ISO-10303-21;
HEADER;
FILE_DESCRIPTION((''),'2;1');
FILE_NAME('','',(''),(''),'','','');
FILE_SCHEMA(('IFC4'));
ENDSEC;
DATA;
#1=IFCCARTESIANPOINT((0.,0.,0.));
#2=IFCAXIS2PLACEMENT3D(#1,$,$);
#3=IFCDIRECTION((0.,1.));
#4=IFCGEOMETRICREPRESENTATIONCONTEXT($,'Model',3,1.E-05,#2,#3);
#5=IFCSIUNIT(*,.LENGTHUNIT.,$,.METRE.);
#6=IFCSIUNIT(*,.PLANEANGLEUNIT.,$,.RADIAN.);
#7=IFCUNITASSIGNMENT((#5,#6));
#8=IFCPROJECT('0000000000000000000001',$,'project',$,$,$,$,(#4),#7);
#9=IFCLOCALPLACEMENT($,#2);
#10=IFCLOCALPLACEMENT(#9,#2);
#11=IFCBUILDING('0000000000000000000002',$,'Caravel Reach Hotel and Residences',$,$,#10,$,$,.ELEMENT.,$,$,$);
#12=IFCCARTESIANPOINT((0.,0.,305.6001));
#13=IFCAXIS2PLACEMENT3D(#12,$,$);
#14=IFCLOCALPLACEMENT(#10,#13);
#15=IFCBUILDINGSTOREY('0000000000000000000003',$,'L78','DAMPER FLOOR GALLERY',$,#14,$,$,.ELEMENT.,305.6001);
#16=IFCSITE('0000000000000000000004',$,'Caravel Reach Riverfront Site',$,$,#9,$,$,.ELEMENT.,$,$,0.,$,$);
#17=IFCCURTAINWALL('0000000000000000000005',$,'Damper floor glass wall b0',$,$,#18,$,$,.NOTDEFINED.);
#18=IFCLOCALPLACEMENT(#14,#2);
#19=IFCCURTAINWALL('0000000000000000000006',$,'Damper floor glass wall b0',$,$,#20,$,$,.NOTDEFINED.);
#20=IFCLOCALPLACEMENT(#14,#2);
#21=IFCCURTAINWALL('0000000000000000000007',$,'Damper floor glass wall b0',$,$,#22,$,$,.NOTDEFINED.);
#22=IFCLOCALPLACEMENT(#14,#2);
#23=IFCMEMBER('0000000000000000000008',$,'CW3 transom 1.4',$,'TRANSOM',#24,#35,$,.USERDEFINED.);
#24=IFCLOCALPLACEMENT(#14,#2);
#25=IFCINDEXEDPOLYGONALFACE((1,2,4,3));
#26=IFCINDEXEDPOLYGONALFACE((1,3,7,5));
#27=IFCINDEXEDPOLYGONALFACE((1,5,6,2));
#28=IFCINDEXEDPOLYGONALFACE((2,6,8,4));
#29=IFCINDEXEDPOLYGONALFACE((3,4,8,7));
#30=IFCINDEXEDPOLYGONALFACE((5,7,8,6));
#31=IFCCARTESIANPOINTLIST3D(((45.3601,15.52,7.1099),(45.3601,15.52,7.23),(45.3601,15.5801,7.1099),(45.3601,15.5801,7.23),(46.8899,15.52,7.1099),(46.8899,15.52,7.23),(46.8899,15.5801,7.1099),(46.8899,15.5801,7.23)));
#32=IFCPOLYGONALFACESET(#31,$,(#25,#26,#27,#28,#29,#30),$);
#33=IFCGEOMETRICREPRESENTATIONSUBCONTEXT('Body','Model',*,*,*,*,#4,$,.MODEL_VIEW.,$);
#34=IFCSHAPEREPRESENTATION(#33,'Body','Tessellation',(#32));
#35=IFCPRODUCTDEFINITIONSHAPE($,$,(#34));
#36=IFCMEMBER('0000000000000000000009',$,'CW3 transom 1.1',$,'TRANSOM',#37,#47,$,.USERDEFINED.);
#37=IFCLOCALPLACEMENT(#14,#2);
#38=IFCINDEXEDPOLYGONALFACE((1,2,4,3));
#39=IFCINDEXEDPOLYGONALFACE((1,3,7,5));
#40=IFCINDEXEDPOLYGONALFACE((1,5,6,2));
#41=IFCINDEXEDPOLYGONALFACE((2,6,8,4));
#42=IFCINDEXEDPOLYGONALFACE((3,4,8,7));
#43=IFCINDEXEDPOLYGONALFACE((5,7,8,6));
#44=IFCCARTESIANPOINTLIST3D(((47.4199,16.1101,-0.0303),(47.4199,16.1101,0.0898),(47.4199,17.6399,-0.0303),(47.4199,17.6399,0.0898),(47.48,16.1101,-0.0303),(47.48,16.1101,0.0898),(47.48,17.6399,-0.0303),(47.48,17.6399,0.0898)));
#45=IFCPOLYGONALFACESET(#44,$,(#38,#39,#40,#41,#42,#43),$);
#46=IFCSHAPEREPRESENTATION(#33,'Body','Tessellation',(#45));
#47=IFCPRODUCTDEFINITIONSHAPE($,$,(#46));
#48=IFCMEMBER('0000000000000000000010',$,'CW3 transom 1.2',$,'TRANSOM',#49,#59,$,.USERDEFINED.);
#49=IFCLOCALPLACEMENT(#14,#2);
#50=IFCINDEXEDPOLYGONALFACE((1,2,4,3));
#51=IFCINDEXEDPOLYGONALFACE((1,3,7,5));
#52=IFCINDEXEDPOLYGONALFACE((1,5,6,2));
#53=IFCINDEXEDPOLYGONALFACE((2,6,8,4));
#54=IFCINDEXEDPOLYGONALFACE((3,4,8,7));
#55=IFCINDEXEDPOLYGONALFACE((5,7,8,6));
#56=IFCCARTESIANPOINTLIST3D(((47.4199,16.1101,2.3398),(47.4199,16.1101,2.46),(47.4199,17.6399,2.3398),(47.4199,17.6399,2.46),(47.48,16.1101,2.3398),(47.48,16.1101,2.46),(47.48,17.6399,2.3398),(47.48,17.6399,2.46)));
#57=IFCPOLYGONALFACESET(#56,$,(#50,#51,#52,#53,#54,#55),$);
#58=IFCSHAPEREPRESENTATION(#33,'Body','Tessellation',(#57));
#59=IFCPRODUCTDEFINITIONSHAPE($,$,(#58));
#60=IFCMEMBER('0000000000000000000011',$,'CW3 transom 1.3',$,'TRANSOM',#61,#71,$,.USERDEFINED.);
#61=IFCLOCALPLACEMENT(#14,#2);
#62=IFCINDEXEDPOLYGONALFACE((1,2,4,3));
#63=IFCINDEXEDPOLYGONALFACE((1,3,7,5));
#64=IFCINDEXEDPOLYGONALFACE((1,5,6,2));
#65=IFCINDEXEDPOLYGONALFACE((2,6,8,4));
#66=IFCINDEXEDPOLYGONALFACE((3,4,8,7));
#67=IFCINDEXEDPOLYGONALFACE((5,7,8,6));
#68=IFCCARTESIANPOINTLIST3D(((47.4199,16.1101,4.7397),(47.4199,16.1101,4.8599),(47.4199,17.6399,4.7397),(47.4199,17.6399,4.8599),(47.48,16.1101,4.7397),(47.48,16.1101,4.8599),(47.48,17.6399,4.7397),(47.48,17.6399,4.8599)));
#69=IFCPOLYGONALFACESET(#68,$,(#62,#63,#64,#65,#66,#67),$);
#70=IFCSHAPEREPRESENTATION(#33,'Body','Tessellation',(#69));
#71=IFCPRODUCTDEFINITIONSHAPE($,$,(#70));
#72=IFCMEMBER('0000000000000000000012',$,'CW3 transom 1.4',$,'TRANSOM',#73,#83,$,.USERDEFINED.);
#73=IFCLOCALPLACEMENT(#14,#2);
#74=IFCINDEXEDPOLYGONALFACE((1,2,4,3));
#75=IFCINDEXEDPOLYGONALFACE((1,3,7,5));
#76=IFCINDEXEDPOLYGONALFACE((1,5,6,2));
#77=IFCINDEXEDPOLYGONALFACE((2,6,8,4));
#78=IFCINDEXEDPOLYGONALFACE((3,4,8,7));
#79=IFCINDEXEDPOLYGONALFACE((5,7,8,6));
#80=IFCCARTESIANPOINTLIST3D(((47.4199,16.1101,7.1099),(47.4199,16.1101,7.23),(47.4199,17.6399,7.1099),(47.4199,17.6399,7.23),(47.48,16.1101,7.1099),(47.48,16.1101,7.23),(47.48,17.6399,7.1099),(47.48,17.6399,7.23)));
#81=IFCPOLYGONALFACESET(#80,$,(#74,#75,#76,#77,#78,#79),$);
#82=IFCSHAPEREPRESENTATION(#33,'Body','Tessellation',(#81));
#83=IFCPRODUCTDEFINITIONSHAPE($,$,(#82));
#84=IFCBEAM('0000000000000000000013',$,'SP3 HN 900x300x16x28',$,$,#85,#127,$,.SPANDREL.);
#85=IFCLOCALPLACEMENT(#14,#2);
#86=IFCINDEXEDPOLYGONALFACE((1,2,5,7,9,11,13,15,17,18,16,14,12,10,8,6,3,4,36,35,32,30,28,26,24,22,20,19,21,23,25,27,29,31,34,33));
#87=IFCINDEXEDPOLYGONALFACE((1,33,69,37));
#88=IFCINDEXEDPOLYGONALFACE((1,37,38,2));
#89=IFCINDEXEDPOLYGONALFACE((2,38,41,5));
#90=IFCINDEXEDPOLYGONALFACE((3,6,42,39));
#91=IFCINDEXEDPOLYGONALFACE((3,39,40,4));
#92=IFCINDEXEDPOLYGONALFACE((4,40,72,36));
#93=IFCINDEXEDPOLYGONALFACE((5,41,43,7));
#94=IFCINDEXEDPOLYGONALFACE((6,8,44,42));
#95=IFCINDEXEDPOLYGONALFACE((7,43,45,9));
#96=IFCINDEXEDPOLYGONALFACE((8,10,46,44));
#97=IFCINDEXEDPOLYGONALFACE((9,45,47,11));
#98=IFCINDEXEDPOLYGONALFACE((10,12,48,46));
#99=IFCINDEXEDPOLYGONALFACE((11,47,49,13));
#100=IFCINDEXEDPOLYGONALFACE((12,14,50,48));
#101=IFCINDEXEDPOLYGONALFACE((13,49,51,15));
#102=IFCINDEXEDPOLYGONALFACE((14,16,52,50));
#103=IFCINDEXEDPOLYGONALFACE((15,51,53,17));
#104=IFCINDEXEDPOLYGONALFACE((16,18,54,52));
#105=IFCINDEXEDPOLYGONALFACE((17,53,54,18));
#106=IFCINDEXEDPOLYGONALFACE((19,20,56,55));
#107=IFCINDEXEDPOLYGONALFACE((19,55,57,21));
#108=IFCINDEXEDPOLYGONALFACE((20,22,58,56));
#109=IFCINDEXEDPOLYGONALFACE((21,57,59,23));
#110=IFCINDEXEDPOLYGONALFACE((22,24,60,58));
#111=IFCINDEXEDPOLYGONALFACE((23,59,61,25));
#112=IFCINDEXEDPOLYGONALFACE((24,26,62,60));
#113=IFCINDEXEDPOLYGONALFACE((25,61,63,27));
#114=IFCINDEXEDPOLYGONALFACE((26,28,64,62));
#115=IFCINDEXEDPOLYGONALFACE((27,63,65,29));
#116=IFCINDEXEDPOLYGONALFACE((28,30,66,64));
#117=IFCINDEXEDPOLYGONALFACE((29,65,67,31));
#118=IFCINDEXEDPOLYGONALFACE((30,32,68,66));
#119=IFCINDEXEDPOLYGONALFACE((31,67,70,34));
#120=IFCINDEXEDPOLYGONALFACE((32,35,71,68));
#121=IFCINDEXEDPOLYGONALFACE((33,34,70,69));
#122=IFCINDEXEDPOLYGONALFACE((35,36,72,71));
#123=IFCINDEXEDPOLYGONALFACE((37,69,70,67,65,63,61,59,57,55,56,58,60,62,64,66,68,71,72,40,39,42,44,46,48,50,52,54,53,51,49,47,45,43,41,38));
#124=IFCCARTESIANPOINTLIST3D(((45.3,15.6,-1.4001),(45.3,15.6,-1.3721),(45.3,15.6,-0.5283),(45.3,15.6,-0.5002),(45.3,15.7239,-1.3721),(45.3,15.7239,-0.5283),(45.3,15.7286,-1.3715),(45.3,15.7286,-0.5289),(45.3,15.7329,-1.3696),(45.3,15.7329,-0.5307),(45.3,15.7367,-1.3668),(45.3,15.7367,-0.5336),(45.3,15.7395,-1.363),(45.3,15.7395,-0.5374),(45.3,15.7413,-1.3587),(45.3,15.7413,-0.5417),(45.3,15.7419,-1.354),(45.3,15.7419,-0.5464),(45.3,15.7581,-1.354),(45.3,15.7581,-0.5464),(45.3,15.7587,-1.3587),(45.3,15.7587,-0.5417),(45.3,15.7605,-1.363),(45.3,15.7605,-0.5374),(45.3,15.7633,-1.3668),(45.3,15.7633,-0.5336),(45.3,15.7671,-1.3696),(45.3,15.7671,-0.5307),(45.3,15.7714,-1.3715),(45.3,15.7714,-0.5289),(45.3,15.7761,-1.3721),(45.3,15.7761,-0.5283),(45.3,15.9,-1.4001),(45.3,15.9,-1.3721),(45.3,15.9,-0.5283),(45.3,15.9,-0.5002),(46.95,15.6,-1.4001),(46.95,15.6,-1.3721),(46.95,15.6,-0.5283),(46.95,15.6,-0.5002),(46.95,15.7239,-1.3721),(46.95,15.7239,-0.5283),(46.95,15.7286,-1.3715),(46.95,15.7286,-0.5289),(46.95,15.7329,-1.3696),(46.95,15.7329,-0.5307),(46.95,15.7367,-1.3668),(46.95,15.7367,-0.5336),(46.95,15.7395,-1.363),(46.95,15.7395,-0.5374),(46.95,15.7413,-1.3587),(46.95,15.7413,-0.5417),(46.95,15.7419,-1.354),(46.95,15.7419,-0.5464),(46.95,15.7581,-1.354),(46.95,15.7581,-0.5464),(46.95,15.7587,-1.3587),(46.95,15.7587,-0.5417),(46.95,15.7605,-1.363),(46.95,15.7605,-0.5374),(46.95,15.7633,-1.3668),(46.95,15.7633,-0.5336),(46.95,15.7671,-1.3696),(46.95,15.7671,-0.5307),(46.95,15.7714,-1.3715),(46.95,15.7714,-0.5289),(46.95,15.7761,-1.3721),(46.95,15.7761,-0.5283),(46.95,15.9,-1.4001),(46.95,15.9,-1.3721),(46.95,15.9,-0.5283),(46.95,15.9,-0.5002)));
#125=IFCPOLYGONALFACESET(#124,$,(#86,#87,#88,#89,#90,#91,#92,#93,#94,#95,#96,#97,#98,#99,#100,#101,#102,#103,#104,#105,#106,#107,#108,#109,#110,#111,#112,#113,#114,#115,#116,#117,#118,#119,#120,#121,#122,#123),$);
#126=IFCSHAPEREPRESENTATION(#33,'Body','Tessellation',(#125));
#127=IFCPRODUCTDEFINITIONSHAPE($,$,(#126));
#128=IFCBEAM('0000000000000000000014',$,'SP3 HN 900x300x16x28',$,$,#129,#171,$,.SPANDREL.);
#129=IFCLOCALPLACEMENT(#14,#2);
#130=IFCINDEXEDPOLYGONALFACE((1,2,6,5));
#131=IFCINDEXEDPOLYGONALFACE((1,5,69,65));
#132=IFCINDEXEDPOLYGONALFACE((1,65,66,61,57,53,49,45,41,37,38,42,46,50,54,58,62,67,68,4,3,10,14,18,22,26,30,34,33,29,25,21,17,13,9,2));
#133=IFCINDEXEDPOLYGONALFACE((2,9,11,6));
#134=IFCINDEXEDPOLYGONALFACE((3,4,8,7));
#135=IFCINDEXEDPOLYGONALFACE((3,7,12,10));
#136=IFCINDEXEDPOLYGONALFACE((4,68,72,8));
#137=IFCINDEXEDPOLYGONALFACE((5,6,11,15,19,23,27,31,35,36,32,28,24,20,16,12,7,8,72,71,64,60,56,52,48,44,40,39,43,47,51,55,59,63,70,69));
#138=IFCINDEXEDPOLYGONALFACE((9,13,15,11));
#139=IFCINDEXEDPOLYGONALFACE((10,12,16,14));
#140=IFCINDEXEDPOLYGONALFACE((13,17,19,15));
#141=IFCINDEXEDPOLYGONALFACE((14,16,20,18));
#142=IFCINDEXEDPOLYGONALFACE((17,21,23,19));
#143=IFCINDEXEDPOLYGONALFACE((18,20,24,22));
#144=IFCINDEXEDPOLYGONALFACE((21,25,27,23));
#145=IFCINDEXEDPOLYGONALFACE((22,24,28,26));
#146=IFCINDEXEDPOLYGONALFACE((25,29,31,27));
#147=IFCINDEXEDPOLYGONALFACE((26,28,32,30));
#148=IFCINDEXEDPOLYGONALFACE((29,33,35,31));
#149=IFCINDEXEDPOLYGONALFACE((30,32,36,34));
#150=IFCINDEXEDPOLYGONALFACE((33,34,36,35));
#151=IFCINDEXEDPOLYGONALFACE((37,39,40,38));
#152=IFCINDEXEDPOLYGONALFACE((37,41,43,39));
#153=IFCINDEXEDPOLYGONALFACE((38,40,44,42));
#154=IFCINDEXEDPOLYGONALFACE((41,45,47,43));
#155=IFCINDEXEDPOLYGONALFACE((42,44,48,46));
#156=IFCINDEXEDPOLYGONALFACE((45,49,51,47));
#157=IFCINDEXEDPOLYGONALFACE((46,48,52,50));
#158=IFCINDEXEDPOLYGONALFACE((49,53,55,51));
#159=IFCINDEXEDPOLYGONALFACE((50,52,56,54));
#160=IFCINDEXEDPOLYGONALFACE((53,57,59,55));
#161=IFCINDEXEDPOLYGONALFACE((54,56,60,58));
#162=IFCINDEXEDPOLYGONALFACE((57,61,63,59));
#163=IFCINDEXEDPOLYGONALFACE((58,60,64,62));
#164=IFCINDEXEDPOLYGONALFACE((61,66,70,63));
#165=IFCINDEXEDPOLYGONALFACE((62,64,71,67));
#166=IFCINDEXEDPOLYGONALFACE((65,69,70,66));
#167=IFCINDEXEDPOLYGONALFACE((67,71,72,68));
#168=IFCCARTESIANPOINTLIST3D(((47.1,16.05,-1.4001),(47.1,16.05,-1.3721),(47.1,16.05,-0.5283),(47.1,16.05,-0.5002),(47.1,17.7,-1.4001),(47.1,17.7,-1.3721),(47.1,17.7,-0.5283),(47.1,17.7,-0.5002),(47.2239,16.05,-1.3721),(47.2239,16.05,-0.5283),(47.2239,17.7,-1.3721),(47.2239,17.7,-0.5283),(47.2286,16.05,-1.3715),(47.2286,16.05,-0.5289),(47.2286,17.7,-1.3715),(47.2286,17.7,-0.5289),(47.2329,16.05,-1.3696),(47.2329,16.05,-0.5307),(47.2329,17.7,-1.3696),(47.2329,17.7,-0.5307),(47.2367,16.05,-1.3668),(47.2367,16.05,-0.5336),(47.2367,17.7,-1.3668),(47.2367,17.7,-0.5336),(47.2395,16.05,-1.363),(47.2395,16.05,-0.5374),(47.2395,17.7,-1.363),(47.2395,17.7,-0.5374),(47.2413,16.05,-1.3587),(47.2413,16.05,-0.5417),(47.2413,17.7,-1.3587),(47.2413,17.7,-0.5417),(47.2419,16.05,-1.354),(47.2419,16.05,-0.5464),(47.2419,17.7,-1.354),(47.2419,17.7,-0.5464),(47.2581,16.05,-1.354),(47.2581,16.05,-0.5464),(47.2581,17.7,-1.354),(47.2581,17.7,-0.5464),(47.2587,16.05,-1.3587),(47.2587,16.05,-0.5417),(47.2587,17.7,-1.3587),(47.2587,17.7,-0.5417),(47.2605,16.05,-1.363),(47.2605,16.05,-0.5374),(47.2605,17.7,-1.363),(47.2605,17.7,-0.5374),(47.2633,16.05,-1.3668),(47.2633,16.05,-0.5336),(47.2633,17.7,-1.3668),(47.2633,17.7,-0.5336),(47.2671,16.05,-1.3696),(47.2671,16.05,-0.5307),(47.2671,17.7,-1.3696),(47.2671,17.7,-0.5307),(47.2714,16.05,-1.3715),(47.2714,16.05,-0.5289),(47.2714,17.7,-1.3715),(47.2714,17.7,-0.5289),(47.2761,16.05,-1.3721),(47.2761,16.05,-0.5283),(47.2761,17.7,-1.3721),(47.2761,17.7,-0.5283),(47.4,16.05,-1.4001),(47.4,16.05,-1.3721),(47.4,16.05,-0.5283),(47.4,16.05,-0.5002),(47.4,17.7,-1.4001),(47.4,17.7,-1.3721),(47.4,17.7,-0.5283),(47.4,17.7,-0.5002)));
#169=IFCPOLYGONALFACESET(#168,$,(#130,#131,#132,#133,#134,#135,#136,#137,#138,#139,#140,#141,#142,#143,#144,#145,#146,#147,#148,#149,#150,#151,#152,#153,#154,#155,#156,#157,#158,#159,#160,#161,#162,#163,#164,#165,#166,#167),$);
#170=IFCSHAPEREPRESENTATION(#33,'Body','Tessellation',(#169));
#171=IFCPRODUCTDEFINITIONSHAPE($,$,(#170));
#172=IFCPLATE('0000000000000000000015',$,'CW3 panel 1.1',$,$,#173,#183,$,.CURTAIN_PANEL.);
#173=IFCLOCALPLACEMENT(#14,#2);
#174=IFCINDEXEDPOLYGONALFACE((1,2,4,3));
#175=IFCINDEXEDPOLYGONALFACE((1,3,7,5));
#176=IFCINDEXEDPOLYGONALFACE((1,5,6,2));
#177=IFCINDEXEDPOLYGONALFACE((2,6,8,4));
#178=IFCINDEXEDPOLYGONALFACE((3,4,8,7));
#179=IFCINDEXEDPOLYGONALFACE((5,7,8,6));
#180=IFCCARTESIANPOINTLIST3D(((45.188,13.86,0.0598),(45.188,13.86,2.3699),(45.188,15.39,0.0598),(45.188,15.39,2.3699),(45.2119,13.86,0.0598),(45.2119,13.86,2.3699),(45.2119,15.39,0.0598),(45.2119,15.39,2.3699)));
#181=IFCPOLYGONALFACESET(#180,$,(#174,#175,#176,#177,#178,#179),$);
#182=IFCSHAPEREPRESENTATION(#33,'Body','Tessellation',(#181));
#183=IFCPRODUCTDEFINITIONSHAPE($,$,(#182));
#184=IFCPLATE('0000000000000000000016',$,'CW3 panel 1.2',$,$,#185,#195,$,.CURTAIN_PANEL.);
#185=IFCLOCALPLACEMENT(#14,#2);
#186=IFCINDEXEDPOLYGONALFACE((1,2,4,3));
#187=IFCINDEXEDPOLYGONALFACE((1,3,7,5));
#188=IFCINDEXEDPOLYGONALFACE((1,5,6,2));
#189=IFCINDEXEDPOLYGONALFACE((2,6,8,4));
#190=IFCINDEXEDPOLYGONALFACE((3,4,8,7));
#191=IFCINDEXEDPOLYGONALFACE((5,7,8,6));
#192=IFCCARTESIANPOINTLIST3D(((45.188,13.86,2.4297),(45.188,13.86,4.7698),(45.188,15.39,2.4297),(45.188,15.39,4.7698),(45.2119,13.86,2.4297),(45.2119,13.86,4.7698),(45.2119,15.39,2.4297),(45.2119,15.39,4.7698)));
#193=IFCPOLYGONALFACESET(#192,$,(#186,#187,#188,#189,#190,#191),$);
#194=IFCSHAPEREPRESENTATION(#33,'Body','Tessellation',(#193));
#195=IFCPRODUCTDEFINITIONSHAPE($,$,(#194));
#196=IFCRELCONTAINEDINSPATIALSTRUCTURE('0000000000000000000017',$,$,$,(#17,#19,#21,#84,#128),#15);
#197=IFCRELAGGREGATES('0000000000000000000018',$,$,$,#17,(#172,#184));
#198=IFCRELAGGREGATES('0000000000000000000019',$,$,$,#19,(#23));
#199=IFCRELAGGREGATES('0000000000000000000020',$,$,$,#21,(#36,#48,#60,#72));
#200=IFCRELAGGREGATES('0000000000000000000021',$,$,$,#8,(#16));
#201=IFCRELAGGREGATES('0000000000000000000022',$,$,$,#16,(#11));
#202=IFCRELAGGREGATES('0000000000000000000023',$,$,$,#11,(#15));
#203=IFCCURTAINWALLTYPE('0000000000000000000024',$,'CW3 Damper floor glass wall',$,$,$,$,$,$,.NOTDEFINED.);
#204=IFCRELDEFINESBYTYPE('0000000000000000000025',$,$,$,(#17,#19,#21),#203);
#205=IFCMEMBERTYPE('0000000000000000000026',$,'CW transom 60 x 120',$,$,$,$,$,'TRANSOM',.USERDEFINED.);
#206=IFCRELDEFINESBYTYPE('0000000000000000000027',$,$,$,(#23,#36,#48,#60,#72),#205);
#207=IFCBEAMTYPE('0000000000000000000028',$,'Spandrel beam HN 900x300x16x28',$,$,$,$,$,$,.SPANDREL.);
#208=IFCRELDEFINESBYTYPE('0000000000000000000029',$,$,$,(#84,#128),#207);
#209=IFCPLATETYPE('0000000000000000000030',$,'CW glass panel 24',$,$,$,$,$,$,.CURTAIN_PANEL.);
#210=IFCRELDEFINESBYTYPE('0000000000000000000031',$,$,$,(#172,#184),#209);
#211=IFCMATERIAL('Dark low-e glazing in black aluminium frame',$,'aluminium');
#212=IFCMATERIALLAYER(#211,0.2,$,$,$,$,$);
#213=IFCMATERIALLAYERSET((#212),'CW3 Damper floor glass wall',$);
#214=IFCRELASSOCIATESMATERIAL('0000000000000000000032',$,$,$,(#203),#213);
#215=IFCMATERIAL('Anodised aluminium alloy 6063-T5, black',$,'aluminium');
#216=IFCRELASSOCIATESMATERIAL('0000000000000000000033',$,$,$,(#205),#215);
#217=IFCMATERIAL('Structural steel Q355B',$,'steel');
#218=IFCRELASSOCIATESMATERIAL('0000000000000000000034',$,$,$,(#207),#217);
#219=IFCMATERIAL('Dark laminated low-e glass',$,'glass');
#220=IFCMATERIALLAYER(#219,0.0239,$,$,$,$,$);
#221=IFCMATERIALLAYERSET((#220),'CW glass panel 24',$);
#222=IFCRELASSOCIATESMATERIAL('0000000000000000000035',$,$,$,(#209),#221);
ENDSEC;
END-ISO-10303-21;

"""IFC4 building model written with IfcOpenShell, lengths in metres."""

from ifc_helpers import new_model, si_unit, direction, frame, origin, origin_2d, place, context, subcontext, project, spatial, rectangle, i_section, extrude, material, layer, layer_set, material_profile, profile_set, type_object, element, aggregate, save


model = new_model("IFC4")

# Units and contexts
model_context = context("Model", 3, precision=1e-05, world=origin(), true_north=direction((0.0, 1.0)))
body_context = subcontext(model_context, "Body", "Model", "MODEL_VIEW")
ifc_project = project(units=[si_unit("LENGTHUNIT", "METRE"), si_unit("PLANEANGLEUNIT", "RADIAN")], contexts=[model_context])

# Site, building, storey
site_placement = place(None, origin())
site = spatial("IfcSite", under=ifc_project, at=site_placement, Name="Caravel Reach Riverfront Site", CompositionType="ELEMENT", RefElevation=0.0)
building_placement = place(site_placement, origin())
building = spatial("IfcBuilding", under=site, at=building_placement, Name="Caravel Reach Hotel and Residences", CompositionType="ELEMENT")
storey_placement = place(building_placement, frame((0.0, 0.0, 305.6001)))
storey = spatial("IfcBuildingStorey", under=building, at=storey_placement, Name="L78", Description="DAMPER FLOOR GALLERY", CompositionType="ELEMENT", Elevation=305.6001)

# Curtain wall
ifc_material_1 = material(Name="Dark low-e glazing in black aluminium frame", Category="aluminium")
ifc_layer_1 = layer(ifc_material_1, 0.2)
ifc_layer_set_1 = layer_set([ifc_layer_1], Name="CW3 Damper floor glass wall")
curtain_wall_type = type_object("IfcCurtainWallType", Name="CW3 Damper floor glass wall", PredefinedType="NOTDEFINED", material=ifc_layer_set_1)
curtain_wall_1_placement = place(storey_placement, origin())
curtain_wall_1 = element("IfcCurtainWall", 1, at=curtain_wall_1_placement, inside=storey, type_object=curtain_wall_type, Name="Damper floor glass wall b0", PredefinedType="NOTDEFINED")

# Curtain walls
curtain_wall_2_placement = place(storey_placement, origin())
curtain_wall_2 = element("IfcCurtainWall", 2, at=curtain_wall_2_placement, inside=storey, type_object=curtain_wall_type, Name="Damper floor glass wall b0", PredefinedType="NOTDEFINED")
curtain_wall_3_placement = place(storey_placement, origin())
curtain_wall_3 = element("IfcCurtainWall", 3, at=curtain_wall_3_placement, inside=storey, type_object=curtain_wall_type, Name="Damper floor glass wall b0", PredefinedType="NOTDEFINED")

# Members
ifc_material_2 = material(Name="Anodised aluminium alloy 6063-T5, black", Category="aluminium")
ifc_material_profile_1 = material_profile(ifc_material_2, rectangle(XDim=0.0601, YDim=0.1201, at=origin_2d()), Name="CW transom 60 x 120")
ifc_profile_set_1 = profile_set([ifc_material_profile_1], Name="Anodised aluminium alloy 6063-T5, black")
member_type_1 = type_object("IfcMemberType", Name="CW transom 60 x 120", ElementType="TRANSOM", PredefinedType="USERDEFINED", material=ifc_profile_set_1)
member_1_placement = place(storey_placement, frame((45.3601, 15.55, 7.1699), z_axis=(1.0, 0.0, 0.0), x_axis=(0.0, 1.0, 0.0)))
member_1 = element("IfcMember", 4, at=member_1_placement, type_object=member_type_1, Name="CW3 transom 1.4", ObjectType="TRANSOM", PredefinedType="USERDEFINED", context=body_context, shape_type="SweptSolid", body=[
    extrude(rectangle(XDim=0.0601, YDim=0.1201, at=origin_2d()), origin(), (0.0, 0.0, 1.0), 1.5298),
])
member_2_placement = place(storey_placement, frame((47.45, 16.1101, 0.0298), z_axis=(0.0, 1.0, 0.0), x_axis=(-1.0, 0.0, 0.0)))
member_2 = element("IfcMember", 5, at=member_2_placement, type_object=member_type_1, Name="CW3 transom 1.1", ObjectType="TRANSOM", PredefinedType="USERDEFINED", context=body_context, shape_type="SweptSolid", body=[
    extrude(rectangle(XDim=0.0601, YDim=0.1201, at=origin_2d()), origin(), (0.0, 0.0, 1.0), 1.5298),
])
member_3_placement = place(storey_placement, frame((47.45, 16.1101, 2.3999), z_axis=(0.0, 1.0, 0.0), x_axis=(-1.0, 0.0, 0.0)))
member_3 = element("IfcMember", 6, at=member_3_placement, type_object=member_type_1, Name="CW3 transom 1.2", ObjectType="TRANSOM", PredefinedType="USERDEFINED", context=body_context, shape_type="SweptSolid", body=[
    extrude(rectangle(XDim=0.0601, YDim=0.1201, at=origin_2d()), origin(), (0.0, 0.0, 1.0), 1.5298),
])
member_4_placement = place(storey_placement, frame((47.45, 16.1101, 4.7998), z_axis=(0.0, 1.0, 0.0), x_axis=(-1.0, 0.0, 0.0)))
member_4 = element("IfcMember", 7, at=member_4_placement, type_object=member_type_1, Name="CW3 transom 1.3", ObjectType="TRANSOM", PredefinedType="USERDEFINED", context=body_context, shape_type="SweptSolid", body=[
    extrude(rectangle(XDim=0.0601, YDim=0.1201, at=origin_2d()), origin(), (0.0, 0.0, 1.0), 1.5298),
])
member_5_placement = place(storey_placement, frame((47.45, 16.1101, 7.1699), z_axis=(0.0, 1.0, 0.0), x_axis=(-1.0, 0.0, 0.0)))
member_5 = element("IfcMember", 8, at=member_5_placement, type_object=member_type_1, Name="CW3 transom 1.4", ObjectType="TRANSOM", PredefinedType="USERDEFINED", context=body_context, shape_type="SweptSolid", body=[
    extrude(rectangle(XDim=0.0601, YDim=0.1201, at=origin_2d()), origin(), (0.0, 0.0, 1.0), 1.5298),
])

# Beams
ifc_material_3 = material(Name="Structural steel Q355B", Category="steel")
ifc_material_profile_2 = material_profile(ifc_material_3, i_section(OverallWidth=0.3, OverallDepth=0.8999, WebThickness=0.0161, FlangeThickness=0.0281, FilletRadius=0.0181, at=origin_2d()), Name="HN 900x300x16x28")
ifc_profile_set_2 = profile_set([ifc_material_profile_2], Name="Structural steel Q355B")
beam_type = type_object("IfcBeamType", Name="Spandrel beam HN 900x300x16x28", PredefinedType="SPANDREL", material=ifc_profile_set_2)
for number, where, z_axis, x_axis, name in (
    (9, (45.3, 15.75, -0.9502), (1.0, 0.0, 0.0), (0.0, 1.0, 0.0), "SP3 HN 900x300x16x28"),
    (10, (47.25, 16.05, -0.9502), (0.0, 1.0, 0.0), (-1.0, 0.0, 0.0), "SP3 HN 900x300x16x28"),
):
    element("IfcBeam", number, at=place(storey_placement, frame(where, z_axis=z_axis, x_axis=x_axis)), inside=storey, type_object=beam_type, Name=name, PredefinedType="SPANDREL", context=body_context, shape_type="SweptSolid", body=[
        extrude(i_section(OverallWidth=0.3, OverallDepth=0.8999, WebThickness=0.0161, FlangeThickness=0.0281, FilletRadius=0.0181, at=origin_2d()), origin(), (0.0, 0.0, 1.0), 1.6499),
    ])

# Plates
ifc_material_4 = material(Name="Dark laminated low-e glass", Category="glass")
ifc_layer_2 = layer(ifc_material_4, 0.0239)
ifc_layer_set_2 = layer_set([ifc_layer_2], Name="CW glass panel 24")
plate_type = type_object("IfcPlateType", Name="CW glass panel 24", PredefinedType="CURTAIN_PANEL", material=ifc_layer_set_2)
plate_1_placement = place(storey_placement, frame((45.2, 14.625, 0.0598), z_axis=(0.0, 0.0, 1.0), x_axis=(0.0, 1.0, 0.0)))
plate_1 = element("IfcPlate", 11, at=plate_1_placement, type_object=plate_type, Name="CW3 panel 1.1", PredefinedType="CURTAIN_PANEL", context=body_context, shape_type="SweptSolid", body=[
    extrude(rectangle(XDim=1.53, YDim=0.0239, at=origin_2d()), origin(), (0.0, 0.0, 1.0), 2.3101),
])
plate_2_placement = place(storey_placement, frame((45.2, 14.625, 2.4297), z_axis=(0.0, 0.0, 1.0), x_axis=(0.0, 1.0, 0.0)))
plate_2 = element("IfcPlate", 12, at=plate_2_placement, type_object=plate_type, Name="CW3 panel 1.2", PredefinedType="CURTAIN_PANEL", context=body_context, shape_type="SweptSolid", body=[
    extrude(rectangle(XDim=1.53, YDim=0.0239, at=origin_2d()), origin(), (0.0, 0.0, 1.0), 2.3401),
])
aggregate(curtain_wall_1, [plate_1, plate_2])
aggregate(curtain_wall_2, [member_1])
aggregate(curtain_wall_3, [member_2, member_3, member_4, member_5])

save(model, "model.ifc")
